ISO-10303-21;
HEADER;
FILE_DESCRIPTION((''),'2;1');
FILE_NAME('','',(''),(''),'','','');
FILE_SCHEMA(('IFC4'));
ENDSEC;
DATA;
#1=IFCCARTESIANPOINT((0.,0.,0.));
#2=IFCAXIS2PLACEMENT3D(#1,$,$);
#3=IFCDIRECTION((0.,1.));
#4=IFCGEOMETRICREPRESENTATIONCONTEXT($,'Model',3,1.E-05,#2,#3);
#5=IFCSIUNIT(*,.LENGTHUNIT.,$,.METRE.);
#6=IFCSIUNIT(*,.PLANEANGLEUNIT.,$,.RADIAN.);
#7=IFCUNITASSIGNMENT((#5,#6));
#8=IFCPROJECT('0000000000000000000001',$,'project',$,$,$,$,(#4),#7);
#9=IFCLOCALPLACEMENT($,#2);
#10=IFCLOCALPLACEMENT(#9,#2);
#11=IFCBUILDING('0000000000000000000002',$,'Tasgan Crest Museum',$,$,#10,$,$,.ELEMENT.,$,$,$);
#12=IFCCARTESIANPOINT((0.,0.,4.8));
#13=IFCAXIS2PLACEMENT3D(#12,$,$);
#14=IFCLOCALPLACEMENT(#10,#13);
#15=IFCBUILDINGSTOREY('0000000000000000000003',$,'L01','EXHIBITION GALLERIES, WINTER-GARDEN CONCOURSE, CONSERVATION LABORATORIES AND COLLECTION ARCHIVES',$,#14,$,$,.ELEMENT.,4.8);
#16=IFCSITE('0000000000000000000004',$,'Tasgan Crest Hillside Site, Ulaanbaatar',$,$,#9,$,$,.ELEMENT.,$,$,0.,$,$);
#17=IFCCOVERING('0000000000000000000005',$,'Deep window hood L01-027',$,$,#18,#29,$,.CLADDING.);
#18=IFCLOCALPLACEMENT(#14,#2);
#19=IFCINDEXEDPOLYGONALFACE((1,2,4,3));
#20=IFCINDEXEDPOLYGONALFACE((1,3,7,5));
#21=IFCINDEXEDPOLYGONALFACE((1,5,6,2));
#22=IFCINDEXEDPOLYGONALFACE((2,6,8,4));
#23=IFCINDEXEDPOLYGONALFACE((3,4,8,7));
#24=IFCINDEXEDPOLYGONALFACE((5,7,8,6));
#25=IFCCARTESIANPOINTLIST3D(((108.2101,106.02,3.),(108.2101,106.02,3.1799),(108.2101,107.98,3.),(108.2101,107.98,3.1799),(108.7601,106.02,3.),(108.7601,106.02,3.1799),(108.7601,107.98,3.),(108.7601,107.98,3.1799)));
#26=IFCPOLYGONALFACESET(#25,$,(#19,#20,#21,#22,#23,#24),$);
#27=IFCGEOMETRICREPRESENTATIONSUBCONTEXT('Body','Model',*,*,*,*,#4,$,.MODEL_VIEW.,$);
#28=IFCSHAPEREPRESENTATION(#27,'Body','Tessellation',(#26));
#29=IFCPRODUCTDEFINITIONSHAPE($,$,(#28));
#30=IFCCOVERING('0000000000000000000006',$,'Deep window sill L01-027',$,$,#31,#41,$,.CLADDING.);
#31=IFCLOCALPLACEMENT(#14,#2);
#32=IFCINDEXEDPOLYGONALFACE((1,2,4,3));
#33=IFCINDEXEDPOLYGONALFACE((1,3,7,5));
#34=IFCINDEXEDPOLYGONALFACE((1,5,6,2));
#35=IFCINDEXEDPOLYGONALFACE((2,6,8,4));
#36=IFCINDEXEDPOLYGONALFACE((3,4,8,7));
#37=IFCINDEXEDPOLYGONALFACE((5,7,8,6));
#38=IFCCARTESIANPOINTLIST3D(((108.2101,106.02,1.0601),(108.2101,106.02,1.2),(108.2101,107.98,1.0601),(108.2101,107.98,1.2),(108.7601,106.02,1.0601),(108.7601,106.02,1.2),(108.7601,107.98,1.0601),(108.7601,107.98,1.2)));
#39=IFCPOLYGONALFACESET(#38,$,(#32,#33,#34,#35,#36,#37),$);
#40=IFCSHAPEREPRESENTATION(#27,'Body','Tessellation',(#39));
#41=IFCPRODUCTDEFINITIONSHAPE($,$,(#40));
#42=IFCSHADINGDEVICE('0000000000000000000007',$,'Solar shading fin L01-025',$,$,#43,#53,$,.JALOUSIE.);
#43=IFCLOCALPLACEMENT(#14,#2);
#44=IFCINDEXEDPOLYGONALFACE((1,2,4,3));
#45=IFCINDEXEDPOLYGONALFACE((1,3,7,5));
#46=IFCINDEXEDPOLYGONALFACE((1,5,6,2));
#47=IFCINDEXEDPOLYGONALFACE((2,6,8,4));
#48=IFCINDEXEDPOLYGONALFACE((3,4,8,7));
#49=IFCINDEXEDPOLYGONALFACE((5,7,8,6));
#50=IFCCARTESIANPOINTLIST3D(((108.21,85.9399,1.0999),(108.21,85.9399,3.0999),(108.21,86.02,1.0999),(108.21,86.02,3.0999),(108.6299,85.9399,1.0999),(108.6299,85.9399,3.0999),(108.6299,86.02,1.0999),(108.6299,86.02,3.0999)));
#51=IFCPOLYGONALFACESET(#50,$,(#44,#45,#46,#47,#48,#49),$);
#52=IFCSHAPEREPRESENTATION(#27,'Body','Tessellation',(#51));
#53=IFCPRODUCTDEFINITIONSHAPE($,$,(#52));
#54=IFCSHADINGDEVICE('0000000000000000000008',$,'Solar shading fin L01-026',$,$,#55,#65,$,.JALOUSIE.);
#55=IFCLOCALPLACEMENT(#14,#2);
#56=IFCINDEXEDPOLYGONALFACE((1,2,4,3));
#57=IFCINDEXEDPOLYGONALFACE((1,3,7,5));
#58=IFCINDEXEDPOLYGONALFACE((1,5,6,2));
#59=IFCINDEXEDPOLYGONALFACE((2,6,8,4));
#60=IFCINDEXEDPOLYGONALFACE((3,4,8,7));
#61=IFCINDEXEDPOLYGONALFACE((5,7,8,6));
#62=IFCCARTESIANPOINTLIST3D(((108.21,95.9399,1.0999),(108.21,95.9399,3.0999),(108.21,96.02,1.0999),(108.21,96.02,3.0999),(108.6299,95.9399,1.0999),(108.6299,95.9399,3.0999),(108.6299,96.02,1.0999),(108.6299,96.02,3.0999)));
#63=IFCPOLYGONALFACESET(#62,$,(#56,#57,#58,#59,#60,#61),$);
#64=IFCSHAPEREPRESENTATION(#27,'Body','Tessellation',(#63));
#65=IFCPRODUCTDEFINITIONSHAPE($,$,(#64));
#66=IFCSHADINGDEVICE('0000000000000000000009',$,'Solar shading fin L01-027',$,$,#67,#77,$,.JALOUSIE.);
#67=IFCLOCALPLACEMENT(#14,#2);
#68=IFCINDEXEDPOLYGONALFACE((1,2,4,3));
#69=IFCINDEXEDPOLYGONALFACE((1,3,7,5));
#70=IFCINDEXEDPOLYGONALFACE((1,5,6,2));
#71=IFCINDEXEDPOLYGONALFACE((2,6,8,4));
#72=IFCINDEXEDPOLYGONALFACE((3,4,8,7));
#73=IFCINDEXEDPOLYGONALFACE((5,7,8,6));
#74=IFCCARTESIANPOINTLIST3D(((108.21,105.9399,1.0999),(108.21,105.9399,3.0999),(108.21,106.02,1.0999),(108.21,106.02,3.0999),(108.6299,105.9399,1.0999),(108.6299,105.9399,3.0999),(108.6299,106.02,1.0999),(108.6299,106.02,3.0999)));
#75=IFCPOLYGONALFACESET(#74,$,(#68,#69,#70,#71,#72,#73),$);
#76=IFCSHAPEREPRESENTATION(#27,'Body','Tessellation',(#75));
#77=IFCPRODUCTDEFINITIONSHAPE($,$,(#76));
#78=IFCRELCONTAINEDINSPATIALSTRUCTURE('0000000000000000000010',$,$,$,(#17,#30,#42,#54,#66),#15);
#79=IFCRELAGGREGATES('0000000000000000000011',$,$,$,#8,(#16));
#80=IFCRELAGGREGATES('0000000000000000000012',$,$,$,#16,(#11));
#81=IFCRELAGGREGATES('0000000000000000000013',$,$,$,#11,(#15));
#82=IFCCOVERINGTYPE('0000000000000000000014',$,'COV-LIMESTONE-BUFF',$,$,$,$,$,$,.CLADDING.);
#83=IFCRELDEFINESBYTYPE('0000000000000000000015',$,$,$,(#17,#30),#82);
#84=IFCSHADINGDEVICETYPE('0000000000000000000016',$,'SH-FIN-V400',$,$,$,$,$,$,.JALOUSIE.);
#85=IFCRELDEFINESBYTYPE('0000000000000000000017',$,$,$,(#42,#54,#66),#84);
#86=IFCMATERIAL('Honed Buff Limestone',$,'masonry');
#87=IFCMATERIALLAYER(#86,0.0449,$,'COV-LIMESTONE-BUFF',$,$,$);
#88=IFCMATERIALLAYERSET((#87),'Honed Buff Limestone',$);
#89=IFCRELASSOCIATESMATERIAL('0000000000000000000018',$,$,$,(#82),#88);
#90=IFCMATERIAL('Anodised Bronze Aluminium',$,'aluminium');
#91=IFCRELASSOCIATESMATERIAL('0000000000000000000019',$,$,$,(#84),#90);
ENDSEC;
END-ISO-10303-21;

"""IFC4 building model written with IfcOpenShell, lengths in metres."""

from ifc_helpers import new_model, si_unit, direction, frame, origin, origin_2d, place, context, subcontext, project, spatial, rectangle, extrude, material, layer, layer_set, type_object, element, save


model = new_model("IFC4")

# Units and contexts
model_context = context("Model", 3, precision=1e-05, world=origin(), true_north=direction((0.0, 1.0)))
body_context = subcontext(model_context, "Body", "Model", "MODEL_VIEW")
ifc_project = project(units=[si_unit("LENGTHUNIT", "METRE"), si_unit("PLANEANGLEUNIT", "RADIAN")], contexts=[model_context])

# Site, building, storey
site_placement = place(None, origin())
site = spatial("IfcSite", under=ifc_project, at=site_placement, Name="Tasgan Crest Hillside Site, Ulaanbaatar", CompositionType="ELEMENT", RefElevation=0.0)
building_placement = place(site_placement, origin())
building = spatial("IfcBuilding", under=site, at=building_placement, Name="Tasgan Crest Museum", CompositionType="ELEMENT")
storey_placement = place(building_placement, frame((0.0, 0.0, 4.8)))
storey = spatial("IfcBuildingStorey", under=building, at=storey_placement, Name="L01", Description="EXHIBITION GALLERIES, WINTER-GARDEN CONCOURSE, CONSERVATION LABORATORIES AND COLLECTION ARCHIVES", CompositionType="ELEMENT", Elevation=4.8)

# Coverings
ifc_material_1 = material(Name="Honed Buff Limestone", Category="masonry")
ifc_layer_1 = layer(ifc_material_1, 0.0449, Name="COV-LIMESTONE-BUFF")
ifc_layer_set_1 = layer_set([ifc_layer_1], Name="Honed Buff Limestone")
covering_type_1 = type_object("IfcCoveringType", Name="COV-LIMESTONE-BUFF", PredefinedType="CLADDING", material=ifc_layer_set_1)
covering_1_placement = place(storey_placement, frame((108.4851, 107.0, 3.0), z_axis=(0.0, 0.0, 1.0), x_axis=(0.0, 1.0, 0.0)))
element("IfcCovering", 1, at=covering_1_placement, inside=storey, type_object=covering_type_1, Name="Deep window hood L01-027", PredefinedType="CLADDING", context=body_context, shape_type="SweptSolid", body=[
    extrude(rectangle(XDim=1.96, YDim=0.55, at=origin_2d()), origin(), (0.0, 0.0, 1.0), 0.1799),
])
covering_2_placement = place(storey_placement, frame((108.4851, 107.0, 1.0601), z_axis=(0.0, 0.0, 1.0), x_axis=(0.0, 1.0, 0.0)))
element("IfcCovering", 2, at=covering_2_placement, inside=storey, type_object=covering_type_1, Name="Deep window sill L01-027", PredefinedType="CLADDING", context=body_context, shape_type="SweptSolid", body=[
    extrude(rectangle(XDim=1.96, YDim=0.55, at=origin_2d()), origin(), (0.0, 0.0, 1.0), 0.1399),
])

# Shading devices
ifc_material_2 = material(Name="Anodised Bronze Aluminium", Category="aluminium")
shading_device_type = type_object("IfcShadingDeviceType", Name="SH-FIN-V400", PredefinedType="JALOUSIE", material=ifc_material_2)
for number, where, z_axis, x_axis, name in (
    (3, (108.4199, 85.98, 1.0999), (0.0, 0.0, 1.0), (0.0, 1.0, 0.0), "Solar shading fin L01-025"),
    (4, (108.4199, 95.98, 1.0999), (0.0, 0.0, 1.0), (0.0, 1.0, 0.0), "Solar shading fin L01-026"),
    (5, (108.4199, 105.98, 1.0999), (0.0, 0.0, 1.0), (0.0, 1.0, 0.0), "Solar shading fin L01-027"),
):
    element("IfcShadingDevice", number, at=place(storey_placement, frame(where, z_axis=z_axis, x_axis=x_axis)), inside=storey, type_object=shading_device_type, Name=name, PredefinedType="JALOUSIE", context=body_context, shape_type="SweptSolid", body=[
        extrude(rectangle(XDim=0.0801, YDim=0.4199, at=origin_2d()), origin(), (0.0, 0.0, 1.0), 2.0),
    ])

save(model, "model.ifc")
